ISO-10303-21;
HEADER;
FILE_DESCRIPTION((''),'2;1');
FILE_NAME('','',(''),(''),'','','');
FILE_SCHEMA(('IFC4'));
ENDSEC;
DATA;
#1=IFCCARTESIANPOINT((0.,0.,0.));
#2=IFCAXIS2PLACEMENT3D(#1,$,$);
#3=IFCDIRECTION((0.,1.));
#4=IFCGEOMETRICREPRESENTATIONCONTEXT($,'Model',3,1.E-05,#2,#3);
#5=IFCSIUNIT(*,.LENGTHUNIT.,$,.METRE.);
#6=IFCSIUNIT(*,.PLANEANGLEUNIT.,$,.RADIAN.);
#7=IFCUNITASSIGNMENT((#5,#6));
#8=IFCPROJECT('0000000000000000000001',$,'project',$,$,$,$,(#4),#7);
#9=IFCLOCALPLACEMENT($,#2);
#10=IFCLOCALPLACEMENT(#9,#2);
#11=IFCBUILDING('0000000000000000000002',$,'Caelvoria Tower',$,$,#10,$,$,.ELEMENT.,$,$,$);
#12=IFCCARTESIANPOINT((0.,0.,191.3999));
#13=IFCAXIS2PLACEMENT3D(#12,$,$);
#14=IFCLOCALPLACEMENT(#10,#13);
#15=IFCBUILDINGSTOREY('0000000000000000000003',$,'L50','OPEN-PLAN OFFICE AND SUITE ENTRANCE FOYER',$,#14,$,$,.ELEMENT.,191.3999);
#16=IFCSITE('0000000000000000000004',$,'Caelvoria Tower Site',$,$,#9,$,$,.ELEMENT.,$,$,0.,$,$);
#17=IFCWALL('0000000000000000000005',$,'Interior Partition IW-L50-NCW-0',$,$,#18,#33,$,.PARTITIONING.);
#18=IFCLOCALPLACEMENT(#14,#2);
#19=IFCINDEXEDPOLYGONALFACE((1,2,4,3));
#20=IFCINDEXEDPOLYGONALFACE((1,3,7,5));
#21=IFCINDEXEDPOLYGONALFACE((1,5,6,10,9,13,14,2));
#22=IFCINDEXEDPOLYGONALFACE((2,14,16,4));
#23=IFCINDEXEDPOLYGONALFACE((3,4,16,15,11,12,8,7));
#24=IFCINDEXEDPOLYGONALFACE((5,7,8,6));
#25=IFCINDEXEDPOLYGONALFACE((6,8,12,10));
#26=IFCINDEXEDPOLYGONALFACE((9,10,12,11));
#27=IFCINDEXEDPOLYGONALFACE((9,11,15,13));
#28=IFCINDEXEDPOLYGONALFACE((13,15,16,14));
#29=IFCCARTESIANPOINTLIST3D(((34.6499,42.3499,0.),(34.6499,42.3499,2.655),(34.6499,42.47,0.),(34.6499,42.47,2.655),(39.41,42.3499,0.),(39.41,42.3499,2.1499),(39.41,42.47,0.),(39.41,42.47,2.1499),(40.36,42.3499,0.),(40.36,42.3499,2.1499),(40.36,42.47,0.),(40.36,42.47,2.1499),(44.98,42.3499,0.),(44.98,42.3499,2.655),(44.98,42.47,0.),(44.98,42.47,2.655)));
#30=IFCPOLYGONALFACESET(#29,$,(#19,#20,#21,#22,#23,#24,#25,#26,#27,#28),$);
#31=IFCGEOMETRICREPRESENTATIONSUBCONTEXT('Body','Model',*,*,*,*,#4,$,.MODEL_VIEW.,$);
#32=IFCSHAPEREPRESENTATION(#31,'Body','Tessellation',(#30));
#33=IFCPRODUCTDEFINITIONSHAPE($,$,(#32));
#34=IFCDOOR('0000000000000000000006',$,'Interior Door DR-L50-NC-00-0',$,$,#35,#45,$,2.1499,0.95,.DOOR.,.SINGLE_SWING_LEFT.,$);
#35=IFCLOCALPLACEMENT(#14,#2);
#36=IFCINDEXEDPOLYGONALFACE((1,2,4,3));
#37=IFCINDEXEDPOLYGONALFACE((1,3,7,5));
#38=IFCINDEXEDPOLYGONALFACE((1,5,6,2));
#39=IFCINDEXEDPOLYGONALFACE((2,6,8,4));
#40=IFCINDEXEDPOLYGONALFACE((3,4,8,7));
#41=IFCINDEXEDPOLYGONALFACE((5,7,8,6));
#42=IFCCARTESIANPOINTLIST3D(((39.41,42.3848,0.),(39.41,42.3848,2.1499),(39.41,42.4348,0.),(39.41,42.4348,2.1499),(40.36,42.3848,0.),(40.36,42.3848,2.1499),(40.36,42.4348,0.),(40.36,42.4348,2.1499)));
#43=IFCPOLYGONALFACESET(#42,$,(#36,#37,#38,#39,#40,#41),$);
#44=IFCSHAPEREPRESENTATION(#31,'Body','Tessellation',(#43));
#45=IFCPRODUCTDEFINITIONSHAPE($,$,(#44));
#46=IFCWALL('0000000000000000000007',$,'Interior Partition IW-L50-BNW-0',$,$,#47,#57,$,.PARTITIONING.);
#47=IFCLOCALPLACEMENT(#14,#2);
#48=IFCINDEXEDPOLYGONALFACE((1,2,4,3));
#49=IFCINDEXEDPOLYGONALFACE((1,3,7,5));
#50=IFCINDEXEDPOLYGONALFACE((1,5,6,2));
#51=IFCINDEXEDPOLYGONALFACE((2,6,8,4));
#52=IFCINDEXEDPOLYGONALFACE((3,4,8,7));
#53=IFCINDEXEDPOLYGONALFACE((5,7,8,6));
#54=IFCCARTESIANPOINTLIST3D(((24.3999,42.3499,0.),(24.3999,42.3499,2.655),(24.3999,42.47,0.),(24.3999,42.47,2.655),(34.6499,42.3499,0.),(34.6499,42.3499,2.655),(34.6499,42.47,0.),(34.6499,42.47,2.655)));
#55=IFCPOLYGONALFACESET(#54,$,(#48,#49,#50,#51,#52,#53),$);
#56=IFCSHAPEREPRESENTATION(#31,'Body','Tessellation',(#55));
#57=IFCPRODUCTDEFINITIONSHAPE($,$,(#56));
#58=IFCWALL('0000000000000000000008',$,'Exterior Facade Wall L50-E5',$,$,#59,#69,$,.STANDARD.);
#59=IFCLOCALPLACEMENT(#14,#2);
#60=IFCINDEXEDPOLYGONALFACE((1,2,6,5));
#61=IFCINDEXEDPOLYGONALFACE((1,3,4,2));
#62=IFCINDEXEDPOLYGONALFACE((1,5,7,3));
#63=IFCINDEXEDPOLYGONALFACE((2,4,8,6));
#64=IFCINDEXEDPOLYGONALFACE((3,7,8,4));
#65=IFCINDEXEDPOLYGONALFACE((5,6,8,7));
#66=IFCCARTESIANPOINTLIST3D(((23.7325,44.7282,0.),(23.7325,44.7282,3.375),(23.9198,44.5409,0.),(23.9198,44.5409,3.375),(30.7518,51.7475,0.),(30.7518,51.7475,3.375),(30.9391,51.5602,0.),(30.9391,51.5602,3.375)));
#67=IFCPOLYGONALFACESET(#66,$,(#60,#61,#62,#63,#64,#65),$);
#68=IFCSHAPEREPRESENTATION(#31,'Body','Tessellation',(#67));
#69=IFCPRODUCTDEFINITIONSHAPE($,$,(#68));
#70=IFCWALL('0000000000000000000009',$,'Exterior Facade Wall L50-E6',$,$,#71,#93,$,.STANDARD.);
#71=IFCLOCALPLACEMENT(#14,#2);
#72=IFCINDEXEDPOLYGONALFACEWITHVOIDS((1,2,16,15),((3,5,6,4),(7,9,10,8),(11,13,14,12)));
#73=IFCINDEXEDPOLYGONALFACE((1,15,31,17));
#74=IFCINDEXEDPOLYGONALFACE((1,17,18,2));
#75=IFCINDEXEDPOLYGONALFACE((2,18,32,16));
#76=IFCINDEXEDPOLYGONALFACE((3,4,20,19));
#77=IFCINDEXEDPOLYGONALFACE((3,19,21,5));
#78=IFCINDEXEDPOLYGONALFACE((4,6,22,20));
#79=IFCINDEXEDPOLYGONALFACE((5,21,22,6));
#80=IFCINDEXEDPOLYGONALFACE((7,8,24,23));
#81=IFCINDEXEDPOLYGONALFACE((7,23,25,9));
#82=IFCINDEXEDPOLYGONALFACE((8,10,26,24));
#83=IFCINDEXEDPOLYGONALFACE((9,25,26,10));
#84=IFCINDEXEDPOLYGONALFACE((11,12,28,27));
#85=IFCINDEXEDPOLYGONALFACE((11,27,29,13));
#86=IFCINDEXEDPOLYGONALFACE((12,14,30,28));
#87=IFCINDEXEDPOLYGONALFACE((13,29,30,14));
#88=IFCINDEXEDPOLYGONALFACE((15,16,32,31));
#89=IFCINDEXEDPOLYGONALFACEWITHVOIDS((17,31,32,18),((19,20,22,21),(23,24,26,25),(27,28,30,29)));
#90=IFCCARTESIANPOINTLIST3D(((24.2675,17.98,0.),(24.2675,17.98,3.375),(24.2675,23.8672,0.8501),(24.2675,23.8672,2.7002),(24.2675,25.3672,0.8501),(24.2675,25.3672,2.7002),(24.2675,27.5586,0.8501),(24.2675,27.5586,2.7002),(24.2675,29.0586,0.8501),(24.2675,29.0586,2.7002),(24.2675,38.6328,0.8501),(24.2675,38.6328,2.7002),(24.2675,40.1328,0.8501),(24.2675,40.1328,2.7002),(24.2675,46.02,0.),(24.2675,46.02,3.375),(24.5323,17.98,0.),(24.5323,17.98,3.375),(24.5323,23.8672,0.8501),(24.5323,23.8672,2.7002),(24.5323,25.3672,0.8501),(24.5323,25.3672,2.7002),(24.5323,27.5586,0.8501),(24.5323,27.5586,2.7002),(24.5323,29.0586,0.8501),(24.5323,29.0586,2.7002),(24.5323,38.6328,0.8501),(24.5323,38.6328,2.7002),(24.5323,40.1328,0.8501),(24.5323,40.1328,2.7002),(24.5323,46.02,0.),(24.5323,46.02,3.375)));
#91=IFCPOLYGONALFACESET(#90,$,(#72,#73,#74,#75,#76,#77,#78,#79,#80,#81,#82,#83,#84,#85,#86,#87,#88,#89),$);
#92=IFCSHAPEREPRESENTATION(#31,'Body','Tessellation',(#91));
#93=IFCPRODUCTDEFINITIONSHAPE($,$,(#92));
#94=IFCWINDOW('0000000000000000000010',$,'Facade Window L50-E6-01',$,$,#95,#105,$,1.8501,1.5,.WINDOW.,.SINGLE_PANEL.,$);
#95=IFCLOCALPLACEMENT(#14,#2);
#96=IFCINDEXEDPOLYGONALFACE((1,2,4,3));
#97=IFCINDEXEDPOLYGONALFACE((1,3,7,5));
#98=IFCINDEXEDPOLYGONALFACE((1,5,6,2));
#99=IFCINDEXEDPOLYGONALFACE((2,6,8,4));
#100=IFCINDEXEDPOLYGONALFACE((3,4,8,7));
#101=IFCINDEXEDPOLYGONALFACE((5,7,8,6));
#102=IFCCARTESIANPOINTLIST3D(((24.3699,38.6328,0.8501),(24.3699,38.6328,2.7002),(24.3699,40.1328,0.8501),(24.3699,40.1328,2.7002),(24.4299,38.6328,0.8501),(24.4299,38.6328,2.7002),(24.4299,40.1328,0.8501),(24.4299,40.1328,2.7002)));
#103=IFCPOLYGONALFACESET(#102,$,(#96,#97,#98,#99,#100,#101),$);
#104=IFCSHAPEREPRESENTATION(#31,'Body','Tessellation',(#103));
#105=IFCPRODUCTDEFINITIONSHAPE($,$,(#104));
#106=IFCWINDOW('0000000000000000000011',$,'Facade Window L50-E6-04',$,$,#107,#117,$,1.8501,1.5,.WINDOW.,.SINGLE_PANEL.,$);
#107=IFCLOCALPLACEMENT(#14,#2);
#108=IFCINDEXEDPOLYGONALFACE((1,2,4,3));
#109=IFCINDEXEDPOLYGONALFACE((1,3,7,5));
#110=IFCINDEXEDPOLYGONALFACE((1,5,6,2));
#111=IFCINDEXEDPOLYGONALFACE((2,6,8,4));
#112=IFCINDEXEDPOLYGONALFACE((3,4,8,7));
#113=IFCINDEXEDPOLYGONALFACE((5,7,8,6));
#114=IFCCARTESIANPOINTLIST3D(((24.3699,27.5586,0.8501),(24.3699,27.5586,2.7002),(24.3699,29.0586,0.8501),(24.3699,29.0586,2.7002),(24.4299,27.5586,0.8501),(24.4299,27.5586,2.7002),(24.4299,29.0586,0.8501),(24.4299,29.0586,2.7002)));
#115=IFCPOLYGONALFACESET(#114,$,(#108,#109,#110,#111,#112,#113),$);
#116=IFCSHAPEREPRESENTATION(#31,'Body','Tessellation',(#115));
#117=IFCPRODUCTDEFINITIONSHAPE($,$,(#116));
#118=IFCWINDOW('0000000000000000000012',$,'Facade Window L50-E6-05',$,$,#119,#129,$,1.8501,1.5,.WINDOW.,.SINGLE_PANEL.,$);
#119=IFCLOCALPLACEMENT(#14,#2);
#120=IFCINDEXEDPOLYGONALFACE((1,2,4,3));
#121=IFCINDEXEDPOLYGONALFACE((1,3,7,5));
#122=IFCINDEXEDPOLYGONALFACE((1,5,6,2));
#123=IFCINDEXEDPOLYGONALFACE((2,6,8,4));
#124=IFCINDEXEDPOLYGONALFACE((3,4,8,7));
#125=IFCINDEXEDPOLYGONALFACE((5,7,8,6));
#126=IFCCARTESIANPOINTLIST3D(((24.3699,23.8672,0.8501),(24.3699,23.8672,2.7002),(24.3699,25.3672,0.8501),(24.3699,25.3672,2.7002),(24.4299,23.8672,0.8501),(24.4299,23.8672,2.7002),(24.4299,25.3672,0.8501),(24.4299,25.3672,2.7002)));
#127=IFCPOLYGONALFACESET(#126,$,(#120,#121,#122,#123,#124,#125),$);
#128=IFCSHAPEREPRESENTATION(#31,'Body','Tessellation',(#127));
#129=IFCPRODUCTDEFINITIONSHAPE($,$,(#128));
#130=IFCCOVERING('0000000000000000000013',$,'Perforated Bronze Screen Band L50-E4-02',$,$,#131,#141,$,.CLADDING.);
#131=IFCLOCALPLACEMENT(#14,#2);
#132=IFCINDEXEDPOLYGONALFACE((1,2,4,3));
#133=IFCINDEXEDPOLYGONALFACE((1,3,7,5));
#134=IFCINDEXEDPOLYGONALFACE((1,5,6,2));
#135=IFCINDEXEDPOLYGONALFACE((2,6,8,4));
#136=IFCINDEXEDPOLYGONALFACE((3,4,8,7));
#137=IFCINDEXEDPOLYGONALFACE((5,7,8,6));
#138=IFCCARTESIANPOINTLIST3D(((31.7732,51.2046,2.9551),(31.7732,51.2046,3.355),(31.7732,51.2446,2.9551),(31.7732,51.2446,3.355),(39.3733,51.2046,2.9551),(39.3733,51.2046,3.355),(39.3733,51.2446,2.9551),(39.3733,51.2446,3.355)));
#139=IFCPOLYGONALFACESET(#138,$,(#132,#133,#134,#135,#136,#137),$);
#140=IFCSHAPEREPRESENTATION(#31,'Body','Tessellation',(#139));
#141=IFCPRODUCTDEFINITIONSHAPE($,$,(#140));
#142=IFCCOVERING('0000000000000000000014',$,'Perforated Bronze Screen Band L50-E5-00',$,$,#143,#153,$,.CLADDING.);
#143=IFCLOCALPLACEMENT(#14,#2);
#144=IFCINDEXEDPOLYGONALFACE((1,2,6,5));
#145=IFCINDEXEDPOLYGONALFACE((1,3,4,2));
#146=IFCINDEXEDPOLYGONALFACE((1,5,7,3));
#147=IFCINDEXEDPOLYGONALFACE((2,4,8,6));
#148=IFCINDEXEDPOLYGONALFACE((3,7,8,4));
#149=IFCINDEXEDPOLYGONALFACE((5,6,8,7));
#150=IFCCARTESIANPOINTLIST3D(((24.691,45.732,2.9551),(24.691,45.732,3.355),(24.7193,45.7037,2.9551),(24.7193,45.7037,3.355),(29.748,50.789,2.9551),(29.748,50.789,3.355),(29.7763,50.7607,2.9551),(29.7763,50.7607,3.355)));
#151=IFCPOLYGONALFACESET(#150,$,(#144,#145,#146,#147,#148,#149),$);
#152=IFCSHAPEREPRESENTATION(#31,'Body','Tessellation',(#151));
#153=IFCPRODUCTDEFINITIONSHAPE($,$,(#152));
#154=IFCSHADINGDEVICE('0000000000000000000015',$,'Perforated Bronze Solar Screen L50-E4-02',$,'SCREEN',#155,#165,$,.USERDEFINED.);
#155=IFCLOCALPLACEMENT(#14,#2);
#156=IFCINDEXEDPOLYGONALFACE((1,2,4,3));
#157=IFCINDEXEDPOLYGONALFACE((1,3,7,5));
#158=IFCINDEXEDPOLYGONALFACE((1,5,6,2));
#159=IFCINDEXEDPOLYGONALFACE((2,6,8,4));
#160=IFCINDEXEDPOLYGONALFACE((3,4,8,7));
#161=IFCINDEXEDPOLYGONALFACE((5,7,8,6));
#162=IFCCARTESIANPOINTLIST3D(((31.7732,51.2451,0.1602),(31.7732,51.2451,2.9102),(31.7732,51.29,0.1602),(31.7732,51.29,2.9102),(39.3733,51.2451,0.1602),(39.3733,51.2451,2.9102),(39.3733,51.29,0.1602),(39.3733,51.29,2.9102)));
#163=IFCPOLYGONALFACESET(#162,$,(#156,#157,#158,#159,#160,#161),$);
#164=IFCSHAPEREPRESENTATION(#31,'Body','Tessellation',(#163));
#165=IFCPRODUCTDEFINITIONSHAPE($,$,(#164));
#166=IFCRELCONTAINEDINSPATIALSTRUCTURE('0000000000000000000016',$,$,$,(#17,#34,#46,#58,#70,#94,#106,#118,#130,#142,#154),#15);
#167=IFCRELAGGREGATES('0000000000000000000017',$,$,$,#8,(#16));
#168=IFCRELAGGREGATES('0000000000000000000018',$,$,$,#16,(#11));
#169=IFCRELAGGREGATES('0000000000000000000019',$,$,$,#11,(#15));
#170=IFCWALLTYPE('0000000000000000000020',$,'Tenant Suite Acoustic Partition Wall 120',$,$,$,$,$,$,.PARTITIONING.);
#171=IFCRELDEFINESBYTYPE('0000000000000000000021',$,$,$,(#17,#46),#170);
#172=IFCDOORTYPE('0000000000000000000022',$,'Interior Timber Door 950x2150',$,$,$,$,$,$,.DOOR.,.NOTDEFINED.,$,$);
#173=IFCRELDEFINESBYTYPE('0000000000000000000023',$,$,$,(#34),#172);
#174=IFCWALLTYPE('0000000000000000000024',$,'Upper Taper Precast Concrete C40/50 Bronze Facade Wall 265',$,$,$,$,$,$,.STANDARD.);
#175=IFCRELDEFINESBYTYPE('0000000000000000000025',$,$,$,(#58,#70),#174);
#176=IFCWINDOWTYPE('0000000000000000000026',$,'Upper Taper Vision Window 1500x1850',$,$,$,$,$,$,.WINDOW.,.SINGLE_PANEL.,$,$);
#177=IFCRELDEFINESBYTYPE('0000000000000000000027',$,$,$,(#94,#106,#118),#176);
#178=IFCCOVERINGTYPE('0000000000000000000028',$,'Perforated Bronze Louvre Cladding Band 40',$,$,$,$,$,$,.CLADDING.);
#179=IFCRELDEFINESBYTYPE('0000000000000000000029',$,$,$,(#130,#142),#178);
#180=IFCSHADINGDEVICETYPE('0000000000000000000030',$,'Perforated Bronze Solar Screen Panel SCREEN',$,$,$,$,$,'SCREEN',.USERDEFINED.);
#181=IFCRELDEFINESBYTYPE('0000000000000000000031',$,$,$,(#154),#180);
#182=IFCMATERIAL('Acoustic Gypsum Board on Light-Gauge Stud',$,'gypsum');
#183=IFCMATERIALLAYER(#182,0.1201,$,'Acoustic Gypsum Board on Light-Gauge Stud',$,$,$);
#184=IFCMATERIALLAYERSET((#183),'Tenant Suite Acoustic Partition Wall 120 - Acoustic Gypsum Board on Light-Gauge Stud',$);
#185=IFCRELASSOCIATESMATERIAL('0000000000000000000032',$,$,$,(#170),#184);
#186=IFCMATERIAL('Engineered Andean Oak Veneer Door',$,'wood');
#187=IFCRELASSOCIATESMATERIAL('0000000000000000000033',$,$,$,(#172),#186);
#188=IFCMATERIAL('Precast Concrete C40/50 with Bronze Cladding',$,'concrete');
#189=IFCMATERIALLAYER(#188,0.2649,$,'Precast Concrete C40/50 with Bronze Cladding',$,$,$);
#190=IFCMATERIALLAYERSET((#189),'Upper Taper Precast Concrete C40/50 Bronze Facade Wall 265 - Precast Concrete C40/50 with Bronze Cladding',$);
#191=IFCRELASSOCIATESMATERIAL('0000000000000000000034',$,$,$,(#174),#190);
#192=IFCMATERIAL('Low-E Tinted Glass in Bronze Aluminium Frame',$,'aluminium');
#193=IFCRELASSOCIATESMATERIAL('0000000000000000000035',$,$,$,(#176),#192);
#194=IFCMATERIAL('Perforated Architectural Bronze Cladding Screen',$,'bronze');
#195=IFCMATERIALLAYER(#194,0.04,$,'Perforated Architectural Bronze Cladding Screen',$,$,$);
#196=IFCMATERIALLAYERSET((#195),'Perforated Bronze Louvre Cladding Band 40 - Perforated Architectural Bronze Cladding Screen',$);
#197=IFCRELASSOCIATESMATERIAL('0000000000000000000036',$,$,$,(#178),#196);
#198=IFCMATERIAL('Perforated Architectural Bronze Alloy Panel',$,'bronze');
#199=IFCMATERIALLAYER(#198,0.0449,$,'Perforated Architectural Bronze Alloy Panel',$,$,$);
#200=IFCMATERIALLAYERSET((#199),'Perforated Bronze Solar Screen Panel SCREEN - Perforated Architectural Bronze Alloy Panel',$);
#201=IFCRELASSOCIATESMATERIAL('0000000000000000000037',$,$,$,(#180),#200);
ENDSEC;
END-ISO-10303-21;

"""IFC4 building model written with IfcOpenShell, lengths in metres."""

from ifc_helpers import new_model, si_unit, direction, frame, frame_2d, origin, origin_2d, place, context, subcontext, project, spatial, rectangle, extrude, material, layer, layer_set, type_object, element, fill, save


model = new_model("IFC4")

# Units and contexts
model_context = context("Model", 3, precision=1e-05, world=origin(), true_north=direction((0.0, 1.0)))
body_context = subcontext(model_context, "Body", "Model", "MODEL_VIEW")
ifc_project = project(units=[si_unit("LENGTHUNIT", "METRE"), si_unit("PLANEANGLEUNIT", "RADIAN")], contexts=[model_context])

# Site, building, storey
site_placement = place(None, origin())
site = spatial("IfcSite", under=ifc_project, at=site_placement, Name="Caelvoria Tower Site", CompositionType="ELEMENT", RefElevation=0.0)
building_placement = place(site_placement, origin())
building = spatial("IfcBuilding", under=site, at=building_placement, Name="Caelvoria Tower", CompositionType="ELEMENT")
storey_placement = place(building_placement, frame((0.0, 0.0, 191.3999)))
storey = spatial("IfcBuildingStorey", under=building, at=storey_placement, Name="L50", Description="OPEN-PLAN OFFICE AND SUITE ENTRANCE FOYER", CompositionType="ELEMENT", Elevation=191.3999)

# Wall, opening, door
ifc_material_1 = material(Name="Acoustic Gypsum Board on Light-Gauge Stud", Category="gypsum")
ifc_layer_1 = layer(ifc_material_1, 0.1201, Name="Acoustic Gypsum Board on Light-Gauge Stud")
ifc_layer_set_1 = layer_set([ifc_layer_1], Name="Tenant Suite Acoustic Partition Wall 120 - Acoustic Gypsum Board on Light-Gauge Stud")
wall_type_1 = type_object("IfcWallType", Name="Tenant Suite Acoustic Partition Wall 120", PredefinedType="PARTITIONING", material=ifc_layer_set_1)
wall_1_placement = place(storey_placement, frame((34.6499, 42.4099, 0.0), z_axis=(0.0, 0.0, 1.0), x_axis=(1.0, 0.0, 0.0)))
wall_1 = element("IfcWall", 1, at=wall_1_placement, inside=storey, type_object=wall_type_1, Name="Interior Partition IW-L50-NCW-0", PredefinedType="PARTITIONING", context=body_context, shape_type="SweptSolid", body=[
    extrude(rectangle(XDim=10.3301, YDim=0.1201, at=frame_2d((5.165, 0.0))), origin(), (0.0, 0.0, 1.0), 2.655),
])
opening_1_placement = place(wall_1_placement, frame((4.76, 0.0, 0.0)))
opening_1 = element("IfcOpeningElement", 2, at=opening_1_placement, cuts=wall_1, PredefinedType="OPENING", context=body_context, shape_type="SweptSolid", body=[
    extrude(rectangle(XDim=0.95, YDim=2.1499, at=frame_2d((0.4751, 1.075))), frame((0.0, 0.0701, 0.0), z_axis=(0.0, -1.0, 0.0), x_axis=(1.0, 0.0, 0.0)), (0.0, 0.0, 1.0), 0.1401),
])
ifc_material_2 = material(Name="Engineered Andean Oak Veneer Door", Category="wood")
door_type = type_object("IfcDoorType", Name="Interior Timber Door 950x2150", OperationType="NOTDEFINED", PredefinedType="DOOR", material=ifc_material_2)
door_placement = place(opening_1_placement, origin())
door = element("IfcDoor", 3, at=door_placement, inside=storey, type_object=door_type, Name="Interior Door DR-L50-NC-00-0", OperationType="SINGLE_SWING_LEFT", OverallHeight=2.1499, OverallWidth=0.95, PredefinedType="DOOR", context=body_context, shape_type="SweptSolid", body=[
    extrude(rectangle(XDim=0.95, YDim=2.1499, at=frame_2d((0.4751, 1.075))), frame((0.0, 0.0249, 0.0), z_axis=(0.0, -1.0, 0.0), x_axis=(1.0, 0.0, 0.0)), (0.0, 0.0, 1.0), 0.05),
])
fill(opening_1, door)

# Walls
wall_2_placement = place(storey_placement, frame((34.6499, 42.4099, 0.0), z_axis=(0.0, 0.0, 1.0), x_axis=(-1.0, 0.0, 0.0)))
element("IfcWall", 4, at=wall_2_placement, inside=storey, type_object=wall_type_1, Name="Interior Partition IW-L50-BNW-0", PredefinedType="PARTITIONING", context=body_context, shape_type="SweptSolid", body=[
    extrude(rectangle(XDim=10.25, YDim=0.1201, at=frame_2d((5.125, 0.0))), origin(), (0.0, 0.0, 1.0), 2.655),
])
ifc_material_3 = material(Name="Precast Concrete C40/50 with Bronze Cladding", Category="concrete")
ifc_layer_2 = layer(ifc_material_3, 0.2649, Name="Precast Concrete C40/50 with Bronze Cladding")
ifc_layer_set_2 = layer_set([ifc_layer_2], Name="Upper Taper Precast Concrete C40/50 Bronze Facade Wall 265 - Precast Concrete C40/50 with Bronze Cladding")
wall_type_2 = type_object("IfcWallType", Name="Upper Taper Precast Concrete C40/50 Bronze Facade Wall 265", PredefinedType="STANDARD", material=ifc_layer_set_2)
wall_3_placement = place(storey_placement, frame((30.8455, 51.6538, 0.0), z_axis=(0.0, 0.0, 1.0), x_axis=(-0.707107, -0.707107, 0.0)))
element("IfcWall", 5, at=wall_3_placement, inside=storey, type_object=wall_type_2, Name="Exterior Facade Wall L50-E5", PredefinedType="STANDARD", context=body_context, shape_type="SweptSolid", body=[
    extrude(rectangle(XDim=9.9268, YDim=0.2649, at=frame_2d((4.9634, 0.0))), origin(), (0.0, 0.0, 1.0), 3.375),
])

# Wall, openings, windows
wall_4_placement = place(storey_placement, frame((24.3999, 46.02, 0.0), z_axis=(0.0, 0.0, 1.0), x_axis=(0.0, -1.0, 0.0)))
wall_4 = element("IfcWall", 6, at=wall_4_placement, inside=storey, type_object=wall_type_2, Name="Exterior Facade Wall L50-E6", PredefinedType="STANDARD", context=body_context, shape_type="SweptSolid", body=[
    extrude(rectangle(XDim=28.04, YDim=0.2649, at=frame_2d((14.02, 0.0))), origin(), (0.0, 0.0, 1.0), 3.375),
])
opening_2_placement = place(wall_4_placement, frame((5.8872, 0.0, 0.8501)))
opening_2 = element("IfcOpeningElement", 7, at=opening_2_placement, cuts=wall_4, PredefinedType="OPENING", context=body_context, shape_type="SweptSolid", body=[
    extrude(rectangle(XDim=1.5, YDim=1.8501, at=frame_2d((0.75, 0.925))), frame((0.0, 0.1423, 0.0), z_axis=(0.0, -1.0, 0.0), x_axis=(1.0, 0.0, 0.0)), (0.0, 0.0, 1.0), 0.2849),
])
opening_3_placement = place(wall_4_placement, frame((16.9614, 0.0, 0.8501)))
opening_3 = element("IfcOpeningElement", 8, at=opening_3_placement, cuts=wall_4, PredefinedType="OPENING", context=body_context, shape_type="SweptSolid", body=[
    extrude(rectangle(XDim=1.5, YDim=1.8501, at=frame_2d((0.75, 0.925))), frame((0.0, 0.1423, 0.0), z_axis=(0.0, -1.0, 0.0), x_axis=(1.0, 0.0, 0.0)), (0.0, 0.0, 1.0), 0.2849),
])
opening_4_placement = place(wall_4_placement, frame((20.6528, 0.0, 0.8501)))
opening_4 = element("IfcOpeningElement", 9, at=opening_4_placement, cuts=wall_4, PredefinedType="OPENING", context=body_context, shape_type="SweptSolid", body=[
    extrude(rectangle(XDim=1.5, YDim=1.8501, at=frame_2d((0.75, 0.925))), frame((0.0, 0.1423, 0.0), z_axis=(0.0, -1.0, 0.0), x_axis=(1.0, 0.0, 0.0)), (0.0, 0.0, 1.0), 0.2849),
])
ifc_material_4 = material(Name="Low-E Tinted Glass in Bronze Aluminium Frame", Category="aluminium")
window_type = type_object("IfcWindowType", Name="Upper Taper Vision Window 1500x1850", PartitioningType="SINGLE_PANEL", PredefinedType="WINDOW", material=ifc_material_4)
window_1_placement = place(opening_2_placement, origin())
window_1 = element("IfcWindow", 10, at=window_1_placement, inside=storey, type_object=window_type, Name="Facade Window L50-E6-01", OverallHeight=1.8501, OverallWidth=1.5, PartitioningType="SINGLE_PANEL", PredefinedType="WINDOW", context=body_context, shape_type="SweptSolid", body=[
    extrude(rectangle(XDim=1.5, YDim=1.8501, at=frame_2d((0.75, 0.925))), frame((0.0, 0.03, 0.0), z_axis=(0.0, -1.0, 0.0), x_axis=(1.0, 0.0, 0.0)), (0.0, 0.0, 1.0), 0.0601),
])
fill(opening_2, window_1)
window_2_placement = place(opening_3_placement, origin())
window_2 = element("IfcWindow", 11, at=window_2_placement, inside=storey, type_object=window_type, Name="Facade Window L50-E6-04", OverallHeight=1.8501, OverallWidth=1.5, PartitioningType="SINGLE_PANEL", PredefinedType="WINDOW", context=body_context, shape_type="SweptSolid", body=[
    extrude(rectangle(XDim=1.5, YDim=1.8501, at=frame_2d((0.75, 0.925))), frame((0.0, 0.03, 0.0), z_axis=(0.0, -1.0, 0.0), x_axis=(1.0, 0.0, 0.0)), (0.0, 0.0, 1.0), 0.0601),
])
fill(opening_3, window_2)
window_3_placement = place(opening_4_placement, origin())
window_3 = element("IfcWindow", 12, at=window_3_placement, inside=storey, type_object=window_type, Name="Facade Window L50-E6-05", OverallHeight=1.8501, OverallWidth=1.5, PartitioningType="SINGLE_PANEL", PredefinedType="WINDOW", context=body_context, shape_type="SweptSolid", body=[
    extrude(rectangle(XDim=1.5, YDim=1.8501, at=frame_2d((0.75, 0.925))), frame((0.0, 0.03, 0.0), z_axis=(0.0, -1.0, 0.0), x_axis=(1.0, 0.0, 0.0)), (0.0, 0.0, 1.0), 0.0601),
])
fill(opening_4, window_3)

# Coverings
ifc_material_5 = material(Name="Perforated Architectural Bronze Cladding Screen", Category="bronze")
ifc_layer_3 = layer(ifc_material_5, 0.04, Name="Perforated Architectural Bronze Cladding Screen")
ifc_layer_set_3 = layer_set([ifc_layer_3], Name="Perforated Bronze Louvre Cladding Band 40 - Perforated Architectural Bronze Cladding Screen")
covering_type = type_object("IfcCoveringType", Name="Perforated Bronze Louvre Cladding Band 40", PredefinedType="CLADDING", material=ifc_layer_set_3)
covering_1_placement = place(storey_placement, frame((35.5732, 51.2246, 2.9551), z_axis=(0.0, 0.0, 1.0), x_axis=(-1.0, 0.0, 0.0)))
element("IfcCovering", 13, at=covering_1_placement, inside=storey, type_object=covering_type, Name="Perforated Bronze Screen Band L50-E4-02", PredefinedType="CLADDING", context=body_context, shape_type="SweptSolid", body=[
    extrude(rectangle(XDim=7.6001, YDim=0.04, at=origin_2d()), origin(), (0.0, 0.0, 1.0), 0.3999),
])
covering_2_placement = place(storey_placement, frame((27.2336, 48.2463, 2.9551), z_axis=(0.0, 0.0, 1.0), x_axis=(-0.707107, -0.707107, 0.0)))
element("IfcCovering", 14, at=covering_2_placement, inside=storey, type_object=covering_type, Name="Perforated Bronze Screen Band L50-E5-00", PredefinedType="CLADDING", context=body_context, shape_type="SweptSolid", body=[
    extrude(rectangle(XDim=7.1516, YDim=0.04, at=origin_2d()), origin(), (0.0, 0.0, 1.0), 0.3999),
])

# Shading device
ifc_material_6 = material(Name="Perforated Architectural Bronze Alloy Panel", Category="bronze")
ifc_layer_4 = layer(ifc_material_6, 0.0449, Name="Perforated Architectural Bronze Alloy Panel")
ifc_layer_set_4 = layer_set([ifc_layer_4], Name="Perforated Bronze Solar Screen Panel SCREEN - Perforated Architectural Bronze Alloy Panel")
shading_device_type = type_object("IfcShadingDeviceType", Name="Perforated Bronze Solar Screen Panel SCREEN", ElementType="SCREEN", PredefinedType="USERDEFINED", material=ifc_layer_set_4)
shading_device_1_placement = place(storey_placement, frame((35.5732, 51.2676, 0.1602), z_axis=(0.0, 0.0, 1.0), x_axis=(-1.0, 0.0, 0.0)))
element("IfcShadingDevice", 15, at=shading_device_1_placement, inside=storey, type_object=shading_device_type, Name="Perforated Bronze Solar Screen L50-E4-02", ObjectType="SCREEN", PredefinedType="USERDEFINED", context=body_context, shape_type="SweptSolid", body=[
    extrude(rectangle(XDim=7.6001, YDim=0.0449, at=origin_2d()), origin(), (0.0, 0.0, 1.0), 2.75),
])

save(model, "model.ifc")
